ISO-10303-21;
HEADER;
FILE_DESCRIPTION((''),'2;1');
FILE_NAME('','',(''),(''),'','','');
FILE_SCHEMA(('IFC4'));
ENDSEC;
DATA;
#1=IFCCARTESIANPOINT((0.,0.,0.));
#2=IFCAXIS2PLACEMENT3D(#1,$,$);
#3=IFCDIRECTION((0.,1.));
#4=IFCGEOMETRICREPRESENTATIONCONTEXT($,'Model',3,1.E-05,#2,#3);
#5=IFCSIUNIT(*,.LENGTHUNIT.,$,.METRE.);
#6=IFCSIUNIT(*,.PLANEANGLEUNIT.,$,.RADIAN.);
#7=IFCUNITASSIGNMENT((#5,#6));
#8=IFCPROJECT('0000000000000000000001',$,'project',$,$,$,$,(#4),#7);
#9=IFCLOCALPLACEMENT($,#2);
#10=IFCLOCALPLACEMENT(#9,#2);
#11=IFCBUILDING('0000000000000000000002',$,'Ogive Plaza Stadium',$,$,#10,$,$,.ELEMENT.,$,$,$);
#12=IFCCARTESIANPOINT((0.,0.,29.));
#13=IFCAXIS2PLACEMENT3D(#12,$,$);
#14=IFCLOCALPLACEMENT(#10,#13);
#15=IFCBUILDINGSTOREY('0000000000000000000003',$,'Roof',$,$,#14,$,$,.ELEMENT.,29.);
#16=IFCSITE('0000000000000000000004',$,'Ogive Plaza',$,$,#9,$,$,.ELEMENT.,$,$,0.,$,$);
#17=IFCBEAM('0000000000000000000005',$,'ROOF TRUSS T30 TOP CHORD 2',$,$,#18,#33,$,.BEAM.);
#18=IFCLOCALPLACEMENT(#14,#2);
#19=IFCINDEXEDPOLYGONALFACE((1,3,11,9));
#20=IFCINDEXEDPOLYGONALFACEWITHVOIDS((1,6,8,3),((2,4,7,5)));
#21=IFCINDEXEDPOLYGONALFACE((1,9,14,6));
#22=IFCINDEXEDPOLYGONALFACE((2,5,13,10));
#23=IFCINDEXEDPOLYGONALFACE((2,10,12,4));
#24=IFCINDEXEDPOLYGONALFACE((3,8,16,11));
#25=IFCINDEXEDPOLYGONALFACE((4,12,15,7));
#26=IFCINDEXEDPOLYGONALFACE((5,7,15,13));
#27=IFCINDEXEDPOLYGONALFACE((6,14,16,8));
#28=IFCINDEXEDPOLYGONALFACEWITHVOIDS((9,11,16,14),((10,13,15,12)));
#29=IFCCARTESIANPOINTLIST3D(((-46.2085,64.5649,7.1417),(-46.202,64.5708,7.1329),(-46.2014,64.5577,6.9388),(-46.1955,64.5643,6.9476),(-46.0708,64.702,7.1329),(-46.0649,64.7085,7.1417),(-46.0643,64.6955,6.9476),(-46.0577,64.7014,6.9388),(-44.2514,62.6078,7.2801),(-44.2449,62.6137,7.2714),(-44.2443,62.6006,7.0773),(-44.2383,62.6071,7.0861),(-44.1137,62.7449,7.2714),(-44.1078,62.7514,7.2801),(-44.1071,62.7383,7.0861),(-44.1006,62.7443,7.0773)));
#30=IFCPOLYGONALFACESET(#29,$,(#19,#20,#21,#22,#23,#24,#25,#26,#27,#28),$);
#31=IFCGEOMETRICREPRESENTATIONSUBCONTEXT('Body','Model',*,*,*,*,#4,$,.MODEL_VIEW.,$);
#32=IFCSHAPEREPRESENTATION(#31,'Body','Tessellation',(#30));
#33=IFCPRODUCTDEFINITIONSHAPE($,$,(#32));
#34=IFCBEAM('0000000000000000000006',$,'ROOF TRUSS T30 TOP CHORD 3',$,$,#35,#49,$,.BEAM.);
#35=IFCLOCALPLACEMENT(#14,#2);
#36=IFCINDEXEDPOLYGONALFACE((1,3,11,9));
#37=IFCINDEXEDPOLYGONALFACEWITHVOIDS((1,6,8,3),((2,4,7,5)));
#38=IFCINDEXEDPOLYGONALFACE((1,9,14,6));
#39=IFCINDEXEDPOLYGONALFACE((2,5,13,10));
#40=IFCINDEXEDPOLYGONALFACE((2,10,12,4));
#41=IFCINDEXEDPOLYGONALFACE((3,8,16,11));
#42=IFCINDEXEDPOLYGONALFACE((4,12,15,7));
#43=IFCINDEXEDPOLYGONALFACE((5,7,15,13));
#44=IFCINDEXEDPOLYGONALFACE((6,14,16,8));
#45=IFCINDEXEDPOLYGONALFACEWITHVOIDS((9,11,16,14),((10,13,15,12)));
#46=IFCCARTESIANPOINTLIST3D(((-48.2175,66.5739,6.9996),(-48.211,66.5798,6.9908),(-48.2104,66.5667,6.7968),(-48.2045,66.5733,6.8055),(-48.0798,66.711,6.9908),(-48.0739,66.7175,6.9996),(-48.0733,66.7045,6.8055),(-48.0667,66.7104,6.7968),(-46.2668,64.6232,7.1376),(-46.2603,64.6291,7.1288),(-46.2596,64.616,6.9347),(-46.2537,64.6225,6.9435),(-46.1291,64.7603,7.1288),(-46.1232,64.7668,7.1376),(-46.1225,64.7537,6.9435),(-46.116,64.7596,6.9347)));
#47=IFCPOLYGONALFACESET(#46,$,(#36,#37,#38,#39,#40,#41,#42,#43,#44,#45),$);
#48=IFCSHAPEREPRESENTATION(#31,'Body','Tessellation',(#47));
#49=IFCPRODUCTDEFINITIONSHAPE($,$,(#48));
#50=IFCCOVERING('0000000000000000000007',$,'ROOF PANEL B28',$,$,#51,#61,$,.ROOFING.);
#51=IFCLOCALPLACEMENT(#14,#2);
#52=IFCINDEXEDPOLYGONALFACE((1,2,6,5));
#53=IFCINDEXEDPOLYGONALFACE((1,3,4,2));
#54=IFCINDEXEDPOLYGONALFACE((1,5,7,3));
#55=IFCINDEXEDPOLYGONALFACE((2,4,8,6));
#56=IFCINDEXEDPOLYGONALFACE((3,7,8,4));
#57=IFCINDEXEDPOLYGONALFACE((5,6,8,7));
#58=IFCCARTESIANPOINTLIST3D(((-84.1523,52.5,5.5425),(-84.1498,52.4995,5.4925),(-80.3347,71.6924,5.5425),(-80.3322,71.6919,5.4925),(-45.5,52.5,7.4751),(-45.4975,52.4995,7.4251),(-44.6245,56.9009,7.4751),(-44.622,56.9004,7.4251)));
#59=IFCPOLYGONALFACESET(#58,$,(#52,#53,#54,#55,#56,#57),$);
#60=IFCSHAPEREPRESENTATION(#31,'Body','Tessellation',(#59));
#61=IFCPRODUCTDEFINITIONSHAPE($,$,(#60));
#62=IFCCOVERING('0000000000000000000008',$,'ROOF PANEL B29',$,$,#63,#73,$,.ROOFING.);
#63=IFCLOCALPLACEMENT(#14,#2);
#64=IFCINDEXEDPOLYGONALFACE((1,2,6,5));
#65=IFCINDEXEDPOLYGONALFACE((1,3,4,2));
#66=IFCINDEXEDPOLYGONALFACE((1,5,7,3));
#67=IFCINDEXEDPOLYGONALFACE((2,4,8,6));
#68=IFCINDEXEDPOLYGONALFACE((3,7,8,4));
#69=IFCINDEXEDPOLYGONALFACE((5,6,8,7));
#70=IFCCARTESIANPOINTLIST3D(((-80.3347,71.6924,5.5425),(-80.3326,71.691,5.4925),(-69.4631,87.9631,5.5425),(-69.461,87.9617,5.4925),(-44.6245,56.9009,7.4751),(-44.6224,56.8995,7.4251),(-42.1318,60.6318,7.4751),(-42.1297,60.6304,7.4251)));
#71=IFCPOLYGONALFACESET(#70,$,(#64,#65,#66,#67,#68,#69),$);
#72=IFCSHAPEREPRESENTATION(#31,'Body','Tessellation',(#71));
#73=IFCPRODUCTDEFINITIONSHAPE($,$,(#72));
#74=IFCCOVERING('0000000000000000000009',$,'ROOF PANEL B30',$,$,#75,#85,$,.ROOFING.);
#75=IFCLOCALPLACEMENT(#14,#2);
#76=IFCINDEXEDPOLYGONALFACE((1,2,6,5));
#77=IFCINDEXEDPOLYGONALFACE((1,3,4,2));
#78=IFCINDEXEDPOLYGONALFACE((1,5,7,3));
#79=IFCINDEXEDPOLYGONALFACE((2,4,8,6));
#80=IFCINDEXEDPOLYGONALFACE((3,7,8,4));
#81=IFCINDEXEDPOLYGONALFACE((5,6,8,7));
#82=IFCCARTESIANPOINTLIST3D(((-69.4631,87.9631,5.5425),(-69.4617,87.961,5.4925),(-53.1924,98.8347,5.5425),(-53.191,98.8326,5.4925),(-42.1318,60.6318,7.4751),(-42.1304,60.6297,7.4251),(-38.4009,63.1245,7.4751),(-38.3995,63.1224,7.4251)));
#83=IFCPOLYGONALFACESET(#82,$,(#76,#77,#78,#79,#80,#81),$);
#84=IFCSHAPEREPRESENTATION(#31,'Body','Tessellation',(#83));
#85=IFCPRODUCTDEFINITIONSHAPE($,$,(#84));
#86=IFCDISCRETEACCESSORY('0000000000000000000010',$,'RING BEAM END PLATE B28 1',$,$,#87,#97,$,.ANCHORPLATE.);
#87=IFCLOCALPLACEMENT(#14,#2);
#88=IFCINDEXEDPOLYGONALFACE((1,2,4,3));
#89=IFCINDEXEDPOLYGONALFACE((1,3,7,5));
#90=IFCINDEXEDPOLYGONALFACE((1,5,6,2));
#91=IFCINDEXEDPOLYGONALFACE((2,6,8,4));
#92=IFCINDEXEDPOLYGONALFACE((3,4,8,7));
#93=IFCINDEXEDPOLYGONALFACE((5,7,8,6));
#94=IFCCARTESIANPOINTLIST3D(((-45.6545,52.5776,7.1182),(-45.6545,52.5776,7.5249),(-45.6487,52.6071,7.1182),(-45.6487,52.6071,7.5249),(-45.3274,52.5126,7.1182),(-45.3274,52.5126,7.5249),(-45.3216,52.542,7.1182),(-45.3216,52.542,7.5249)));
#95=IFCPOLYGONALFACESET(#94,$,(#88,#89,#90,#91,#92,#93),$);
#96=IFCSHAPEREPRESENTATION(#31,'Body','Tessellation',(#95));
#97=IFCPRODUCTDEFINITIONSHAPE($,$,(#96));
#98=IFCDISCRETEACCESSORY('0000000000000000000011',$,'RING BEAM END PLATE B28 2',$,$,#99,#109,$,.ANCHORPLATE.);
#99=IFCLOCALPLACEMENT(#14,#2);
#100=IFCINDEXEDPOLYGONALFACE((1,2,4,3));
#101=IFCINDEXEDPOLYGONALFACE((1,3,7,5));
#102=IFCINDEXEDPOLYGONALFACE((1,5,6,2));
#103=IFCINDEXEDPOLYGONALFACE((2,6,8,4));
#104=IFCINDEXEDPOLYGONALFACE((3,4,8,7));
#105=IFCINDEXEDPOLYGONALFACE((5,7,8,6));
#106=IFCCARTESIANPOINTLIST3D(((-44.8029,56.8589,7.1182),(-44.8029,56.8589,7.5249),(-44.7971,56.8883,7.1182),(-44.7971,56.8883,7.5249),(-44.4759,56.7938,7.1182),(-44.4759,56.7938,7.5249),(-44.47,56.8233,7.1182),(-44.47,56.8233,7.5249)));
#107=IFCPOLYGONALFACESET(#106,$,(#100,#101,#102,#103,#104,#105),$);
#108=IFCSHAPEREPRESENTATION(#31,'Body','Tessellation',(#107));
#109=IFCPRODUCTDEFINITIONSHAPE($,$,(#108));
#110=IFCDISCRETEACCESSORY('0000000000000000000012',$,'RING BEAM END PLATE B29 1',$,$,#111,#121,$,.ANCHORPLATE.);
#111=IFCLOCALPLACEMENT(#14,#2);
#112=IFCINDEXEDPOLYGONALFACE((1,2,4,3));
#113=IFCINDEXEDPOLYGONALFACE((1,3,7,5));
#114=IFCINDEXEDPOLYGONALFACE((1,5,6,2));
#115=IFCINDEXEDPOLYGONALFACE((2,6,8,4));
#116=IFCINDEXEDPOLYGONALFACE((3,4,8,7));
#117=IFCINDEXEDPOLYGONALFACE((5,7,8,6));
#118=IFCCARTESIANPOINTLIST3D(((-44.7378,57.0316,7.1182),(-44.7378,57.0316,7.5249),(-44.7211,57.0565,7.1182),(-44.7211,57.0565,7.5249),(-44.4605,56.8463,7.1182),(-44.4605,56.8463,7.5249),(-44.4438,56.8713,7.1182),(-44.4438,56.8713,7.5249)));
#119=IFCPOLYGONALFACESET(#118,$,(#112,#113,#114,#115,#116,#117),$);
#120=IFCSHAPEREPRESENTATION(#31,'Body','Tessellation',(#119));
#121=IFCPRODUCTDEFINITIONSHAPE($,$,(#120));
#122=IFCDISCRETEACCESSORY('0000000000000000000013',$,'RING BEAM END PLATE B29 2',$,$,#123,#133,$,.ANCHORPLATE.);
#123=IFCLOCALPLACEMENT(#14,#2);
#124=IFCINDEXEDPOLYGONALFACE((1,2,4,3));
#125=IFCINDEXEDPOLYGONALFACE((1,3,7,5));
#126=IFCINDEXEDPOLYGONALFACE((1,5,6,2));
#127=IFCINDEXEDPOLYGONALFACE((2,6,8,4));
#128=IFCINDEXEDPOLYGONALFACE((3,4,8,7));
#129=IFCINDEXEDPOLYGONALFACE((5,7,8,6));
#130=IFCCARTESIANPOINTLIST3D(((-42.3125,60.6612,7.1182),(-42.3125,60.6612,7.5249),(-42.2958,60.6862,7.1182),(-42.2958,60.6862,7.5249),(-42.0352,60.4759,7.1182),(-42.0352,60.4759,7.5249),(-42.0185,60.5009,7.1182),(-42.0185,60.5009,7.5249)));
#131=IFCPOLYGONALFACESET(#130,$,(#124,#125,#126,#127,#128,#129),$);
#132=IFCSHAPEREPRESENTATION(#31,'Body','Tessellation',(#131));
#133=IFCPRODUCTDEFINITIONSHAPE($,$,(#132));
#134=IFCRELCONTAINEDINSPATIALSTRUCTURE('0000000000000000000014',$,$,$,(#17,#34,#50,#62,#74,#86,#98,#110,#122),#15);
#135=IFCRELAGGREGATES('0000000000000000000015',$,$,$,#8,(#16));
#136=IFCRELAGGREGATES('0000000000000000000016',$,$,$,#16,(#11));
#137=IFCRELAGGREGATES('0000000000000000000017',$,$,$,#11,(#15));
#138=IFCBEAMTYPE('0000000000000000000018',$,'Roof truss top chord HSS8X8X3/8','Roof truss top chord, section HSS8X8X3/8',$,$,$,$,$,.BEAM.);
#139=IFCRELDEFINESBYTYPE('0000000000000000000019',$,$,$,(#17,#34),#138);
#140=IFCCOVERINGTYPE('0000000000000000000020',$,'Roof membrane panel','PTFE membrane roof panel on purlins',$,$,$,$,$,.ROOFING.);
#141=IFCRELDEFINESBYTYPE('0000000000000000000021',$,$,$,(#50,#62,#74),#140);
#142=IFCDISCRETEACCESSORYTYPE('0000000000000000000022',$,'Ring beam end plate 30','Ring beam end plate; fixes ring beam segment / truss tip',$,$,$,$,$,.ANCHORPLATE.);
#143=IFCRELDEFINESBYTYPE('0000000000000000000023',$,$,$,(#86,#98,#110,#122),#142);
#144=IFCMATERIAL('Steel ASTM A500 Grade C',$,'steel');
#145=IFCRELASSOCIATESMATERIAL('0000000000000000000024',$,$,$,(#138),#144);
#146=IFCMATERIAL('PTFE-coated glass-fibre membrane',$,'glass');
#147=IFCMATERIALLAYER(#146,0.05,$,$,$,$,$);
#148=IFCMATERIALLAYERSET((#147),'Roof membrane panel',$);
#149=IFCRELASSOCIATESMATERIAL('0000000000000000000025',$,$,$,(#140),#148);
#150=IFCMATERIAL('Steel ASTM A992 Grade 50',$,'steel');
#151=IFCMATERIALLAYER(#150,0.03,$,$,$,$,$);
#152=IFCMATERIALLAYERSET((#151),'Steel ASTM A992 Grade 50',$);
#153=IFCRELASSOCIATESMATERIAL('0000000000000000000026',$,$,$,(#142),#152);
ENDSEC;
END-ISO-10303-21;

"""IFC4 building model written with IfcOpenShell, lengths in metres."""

from ifc_helpers import new_model, si_unit, direction, frame, origin, origin_2d, place, context, subcontext, project, spatial, polyline, rectangle, hollow_rectangle, outline, extrude, material, layer, layer_set, material_profile, profile_set, type_object, element, save


model = new_model("IFC4")

# Units and contexts
model_context = context("Model", 3, precision=1e-05, world=origin(), true_north=direction((0.0, 1.0)))
body_context = subcontext(model_context, "Body", "Model", "MODEL_VIEW")
ifc_project = project(units=[si_unit("LENGTHUNIT", "METRE"), si_unit("PLANEANGLEUNIT", "RADIAN")], contexts=[model_context])

# Site, building, storey
site_placement = place(None, origin())
site = spatial("IfcSite", under=ifc_project, at=site_placement, Name="Ogive Plaza", CompositionType="ELEMENT", RefElevation=0.0)
building_placement = place(site_placement, origin())
building = spatial("IfcBuilding", under=site, at=building_placement, Name="Ogive Plaza Stadium", CompositionType="ELEMENT")
storey_placement = place(building_placement, frame((0.0, 0.0, 29.0)))
storey = spatial("IfcBuildingStorey", under=building, at=storey_placement, Name="Roof", CompositionType="ELEMENT", Elevation=29.0)

# Beams
ifc_material_1 = material(Name="Steel ASTM A500 Grade C", Category="steel")
ifc_material_profile_1 = material_profile(ifc_material_1, hollow_rectangle(XDim=0.2031, YDim=0.2031, WallThickness=0.0088, at=origin_2d()), Name="HSS8X8X3/8")
ifc_profile_set_1 = profile_set([ifc_material_profile_1], Name="Steel ASTM A500 Grade C")
beam_type_1 = type_object("IfcBeamType", Name="Roof truss top chord HSS8X8X3/8", Description="Roof truss top chord, section HSS8X8X3/8", PredefinedType="BEAM", material=ifc_profile_set_1)
for number, where, z_axis, x_axis, name in (
    (1, (-44.176, 62.676, 7.1787), (-0.706224, 0.706224, -0.049954), (-0.707107, -0.707107, 0.0), "ROOF TRUSS T30 TOP CHORD 2"),
):
    element("IfcBeam", number, at=place(storey_placement, frame(where, z_axis=z_axis, x_axis=x_axis)), inside=storey, type_object=beam_type_1, Name=name, PredefinedType="BEAM", context=body_context, shape_type="SweptSolid", body=[
        extrude(hollow_rectangle(XDim=0.2031, YDim=0.2031, WallThickness=0.0088, at=origin_2d()), origin(), (0.0, 0.0, 1.0), 2.7712),
    ])
beam_1_placement = place(storey_placement, frame((-46.1914, 64.6914, 7.0361), z_axis=(-0.706224, 0.706224, -0.04994), x_axis=(-0.707107, -0.707107, 0.0)))
element("IfcBeam", 2, at=beam_1_placement, inside=storey, type_object=beam_type_1, Name="ROOF TRUSS T30 TOP CHORD 3", PredefinedType="BEAM", context=body_context, shape_type="SweptSolid", body=[
    extrude(hollow_rectangle(XDim=0.2031, YDim=0.2031, WallThickness=0.0088, at=origin_2d()), origin(), (0.0, 0.0, 1.0), 2.7622),
])

# Coverings
ifc_material_2 = material(Name="PTFE-coated glass-fibre membrane", Category="glass")
ifc_layer_1 = layer(ifc_material_2, 0.05)
ifc_layer_set_1 = layer_set([ifc_layer_1], Name="Roof membrane panel")
covering_type = type_object("IfcCoveringType", Name="Roof membrane panel", Description="PTFE membrane roof panel on purlins", PredefinedType="ROOFING", material=ifc_layer_set_1)
covering_1_placement = place(storey_placement, frame((-45.5, 52.5, 7.4751), z_axis=(-0.049935, 0.009933, 0.998703), x_axis=(-0.998752, 0.0, -0.049938)))
element("IfcCovering", 3, at=covering_1_placement, inside=storey, type_object=covering_type, Name="ROOF PANEL B28", PredefinedType="ROOFING", context=body_context, shape_type="SweptSolid", body=[
    extrude(outline(polyline([(0.0, 0.0), (38.7006, 0.0), (34.8878, -19.1933), (-0.8744, -4.4011), (0.0, 0.0)])), origin(), (0.0, 0.0, -1.0), 0.05),
])
covering_2_placement = place(storey_placement, frame((-44.6245, 56.9009, 7.4751), z_axis=(-0.042333, 0.028285, 0.998703), x_axis=(-0.922728, 0.382203, -0.049938)))
element("IfcCovering", 4, at=covering_2_placement, inside=storey, type_object=covering_type, Name="ROOF PANEL B29", PredefinedType="ROOFING", context=body_context, shape_type="SweptSolid", body=[
    extrude(outline(polyline([(0.0, 0.0), (38.7007, 0.0), (34.8879, -19.1935), (-0.8741, -4.4011), (0.0, 0.0)])), origin(), (0.0, 0.0, -1.0), 0.05),
])
covering_3_placement = place(storey_placement, frame((-42.1318, 60.6318, 7.4751), z_axis=(-0.028285, 0.042333, 0.998703), x_axis=(-0.706225, 0.706225, -0.049937)))
element("IfcCovering", 5, at=covering_3_placement, inside=storey, type_object=covering_type, Name="ROOF PANEL B30", PredefinedType="ROOFING", context=body_context, shape_type="SweptSolid", body=[
    extrude(outline(polyline([(0.0, 0.0), (38.7006, 0.0), (34.8876, -19.1935), (-0.8745, -4.401), (0.0, 0.0)])), origin(), (0.0, 0.0, -1.0), 0.05),
])

# Discrete accessories
ifc_material_3 = material(Name="Steel ASTM A992 Grade 50", Category="steel")
ifc_layer_2 = layer(ifc_material_3, 0.03)
ifc_layer_set_2 = layer_set([ifc_layer_2], Name="Steel ASTM A992 Grade 50")
discrete_accessory_type = type_object("IfcDiscreteAccessoryType", Name="Ring beam end plate 30", Description="Ring beam end plate; fixes ring beam segment / truss tip", PredefinedType="ANCHORPLATE", material=ifc_layer_set_2)
for number, where, z_axis, x_axis, name in (
    (6, (-45.488, 52.5598, 7.1182), (0.0, 0.0, 1.0), (0.19509, 0.980785, 0.0), "RING BEAM END PLATE B28 1"),
    (7, (-44.6365, 56.8411, 7.1182), (0.0, 0.0, 1.0), (0.19509, 0.980785, 0.0), "RING BEAM END PLATE B28 2"),
    (8, (-44.5908, 56.9514, 7.1182), (0.0, 0.0, 1.0), (0.55557, 0.83147, 0.0), "RING BEAM END PLATE B29 1"),
    (9, (-42.1655, 60.5811, 7.1182), (0.0, 0.0, 1.0), (0.55557, 0.83147, 0.0), "RING BEAM END PLATE B29 2"),
):
    element("IfcDiscreteAccessory", number, at=place(storey_placement, frame(where, z_axis=z_axis, x_axis=x_axis)), inside=storey, type_object=discrete_accessory_type, Name=name, PredefinedType="ANCHORPLATE", context=body_context, shape_type="SweptSolid", body=[
        extrude(rectangle(XDim=0.03, YDim=0.3335, at=origin_2d()), origin(), (0.0, 0.0, 1.0), 0.4067),
    ])

save(model, "model.ifc")
